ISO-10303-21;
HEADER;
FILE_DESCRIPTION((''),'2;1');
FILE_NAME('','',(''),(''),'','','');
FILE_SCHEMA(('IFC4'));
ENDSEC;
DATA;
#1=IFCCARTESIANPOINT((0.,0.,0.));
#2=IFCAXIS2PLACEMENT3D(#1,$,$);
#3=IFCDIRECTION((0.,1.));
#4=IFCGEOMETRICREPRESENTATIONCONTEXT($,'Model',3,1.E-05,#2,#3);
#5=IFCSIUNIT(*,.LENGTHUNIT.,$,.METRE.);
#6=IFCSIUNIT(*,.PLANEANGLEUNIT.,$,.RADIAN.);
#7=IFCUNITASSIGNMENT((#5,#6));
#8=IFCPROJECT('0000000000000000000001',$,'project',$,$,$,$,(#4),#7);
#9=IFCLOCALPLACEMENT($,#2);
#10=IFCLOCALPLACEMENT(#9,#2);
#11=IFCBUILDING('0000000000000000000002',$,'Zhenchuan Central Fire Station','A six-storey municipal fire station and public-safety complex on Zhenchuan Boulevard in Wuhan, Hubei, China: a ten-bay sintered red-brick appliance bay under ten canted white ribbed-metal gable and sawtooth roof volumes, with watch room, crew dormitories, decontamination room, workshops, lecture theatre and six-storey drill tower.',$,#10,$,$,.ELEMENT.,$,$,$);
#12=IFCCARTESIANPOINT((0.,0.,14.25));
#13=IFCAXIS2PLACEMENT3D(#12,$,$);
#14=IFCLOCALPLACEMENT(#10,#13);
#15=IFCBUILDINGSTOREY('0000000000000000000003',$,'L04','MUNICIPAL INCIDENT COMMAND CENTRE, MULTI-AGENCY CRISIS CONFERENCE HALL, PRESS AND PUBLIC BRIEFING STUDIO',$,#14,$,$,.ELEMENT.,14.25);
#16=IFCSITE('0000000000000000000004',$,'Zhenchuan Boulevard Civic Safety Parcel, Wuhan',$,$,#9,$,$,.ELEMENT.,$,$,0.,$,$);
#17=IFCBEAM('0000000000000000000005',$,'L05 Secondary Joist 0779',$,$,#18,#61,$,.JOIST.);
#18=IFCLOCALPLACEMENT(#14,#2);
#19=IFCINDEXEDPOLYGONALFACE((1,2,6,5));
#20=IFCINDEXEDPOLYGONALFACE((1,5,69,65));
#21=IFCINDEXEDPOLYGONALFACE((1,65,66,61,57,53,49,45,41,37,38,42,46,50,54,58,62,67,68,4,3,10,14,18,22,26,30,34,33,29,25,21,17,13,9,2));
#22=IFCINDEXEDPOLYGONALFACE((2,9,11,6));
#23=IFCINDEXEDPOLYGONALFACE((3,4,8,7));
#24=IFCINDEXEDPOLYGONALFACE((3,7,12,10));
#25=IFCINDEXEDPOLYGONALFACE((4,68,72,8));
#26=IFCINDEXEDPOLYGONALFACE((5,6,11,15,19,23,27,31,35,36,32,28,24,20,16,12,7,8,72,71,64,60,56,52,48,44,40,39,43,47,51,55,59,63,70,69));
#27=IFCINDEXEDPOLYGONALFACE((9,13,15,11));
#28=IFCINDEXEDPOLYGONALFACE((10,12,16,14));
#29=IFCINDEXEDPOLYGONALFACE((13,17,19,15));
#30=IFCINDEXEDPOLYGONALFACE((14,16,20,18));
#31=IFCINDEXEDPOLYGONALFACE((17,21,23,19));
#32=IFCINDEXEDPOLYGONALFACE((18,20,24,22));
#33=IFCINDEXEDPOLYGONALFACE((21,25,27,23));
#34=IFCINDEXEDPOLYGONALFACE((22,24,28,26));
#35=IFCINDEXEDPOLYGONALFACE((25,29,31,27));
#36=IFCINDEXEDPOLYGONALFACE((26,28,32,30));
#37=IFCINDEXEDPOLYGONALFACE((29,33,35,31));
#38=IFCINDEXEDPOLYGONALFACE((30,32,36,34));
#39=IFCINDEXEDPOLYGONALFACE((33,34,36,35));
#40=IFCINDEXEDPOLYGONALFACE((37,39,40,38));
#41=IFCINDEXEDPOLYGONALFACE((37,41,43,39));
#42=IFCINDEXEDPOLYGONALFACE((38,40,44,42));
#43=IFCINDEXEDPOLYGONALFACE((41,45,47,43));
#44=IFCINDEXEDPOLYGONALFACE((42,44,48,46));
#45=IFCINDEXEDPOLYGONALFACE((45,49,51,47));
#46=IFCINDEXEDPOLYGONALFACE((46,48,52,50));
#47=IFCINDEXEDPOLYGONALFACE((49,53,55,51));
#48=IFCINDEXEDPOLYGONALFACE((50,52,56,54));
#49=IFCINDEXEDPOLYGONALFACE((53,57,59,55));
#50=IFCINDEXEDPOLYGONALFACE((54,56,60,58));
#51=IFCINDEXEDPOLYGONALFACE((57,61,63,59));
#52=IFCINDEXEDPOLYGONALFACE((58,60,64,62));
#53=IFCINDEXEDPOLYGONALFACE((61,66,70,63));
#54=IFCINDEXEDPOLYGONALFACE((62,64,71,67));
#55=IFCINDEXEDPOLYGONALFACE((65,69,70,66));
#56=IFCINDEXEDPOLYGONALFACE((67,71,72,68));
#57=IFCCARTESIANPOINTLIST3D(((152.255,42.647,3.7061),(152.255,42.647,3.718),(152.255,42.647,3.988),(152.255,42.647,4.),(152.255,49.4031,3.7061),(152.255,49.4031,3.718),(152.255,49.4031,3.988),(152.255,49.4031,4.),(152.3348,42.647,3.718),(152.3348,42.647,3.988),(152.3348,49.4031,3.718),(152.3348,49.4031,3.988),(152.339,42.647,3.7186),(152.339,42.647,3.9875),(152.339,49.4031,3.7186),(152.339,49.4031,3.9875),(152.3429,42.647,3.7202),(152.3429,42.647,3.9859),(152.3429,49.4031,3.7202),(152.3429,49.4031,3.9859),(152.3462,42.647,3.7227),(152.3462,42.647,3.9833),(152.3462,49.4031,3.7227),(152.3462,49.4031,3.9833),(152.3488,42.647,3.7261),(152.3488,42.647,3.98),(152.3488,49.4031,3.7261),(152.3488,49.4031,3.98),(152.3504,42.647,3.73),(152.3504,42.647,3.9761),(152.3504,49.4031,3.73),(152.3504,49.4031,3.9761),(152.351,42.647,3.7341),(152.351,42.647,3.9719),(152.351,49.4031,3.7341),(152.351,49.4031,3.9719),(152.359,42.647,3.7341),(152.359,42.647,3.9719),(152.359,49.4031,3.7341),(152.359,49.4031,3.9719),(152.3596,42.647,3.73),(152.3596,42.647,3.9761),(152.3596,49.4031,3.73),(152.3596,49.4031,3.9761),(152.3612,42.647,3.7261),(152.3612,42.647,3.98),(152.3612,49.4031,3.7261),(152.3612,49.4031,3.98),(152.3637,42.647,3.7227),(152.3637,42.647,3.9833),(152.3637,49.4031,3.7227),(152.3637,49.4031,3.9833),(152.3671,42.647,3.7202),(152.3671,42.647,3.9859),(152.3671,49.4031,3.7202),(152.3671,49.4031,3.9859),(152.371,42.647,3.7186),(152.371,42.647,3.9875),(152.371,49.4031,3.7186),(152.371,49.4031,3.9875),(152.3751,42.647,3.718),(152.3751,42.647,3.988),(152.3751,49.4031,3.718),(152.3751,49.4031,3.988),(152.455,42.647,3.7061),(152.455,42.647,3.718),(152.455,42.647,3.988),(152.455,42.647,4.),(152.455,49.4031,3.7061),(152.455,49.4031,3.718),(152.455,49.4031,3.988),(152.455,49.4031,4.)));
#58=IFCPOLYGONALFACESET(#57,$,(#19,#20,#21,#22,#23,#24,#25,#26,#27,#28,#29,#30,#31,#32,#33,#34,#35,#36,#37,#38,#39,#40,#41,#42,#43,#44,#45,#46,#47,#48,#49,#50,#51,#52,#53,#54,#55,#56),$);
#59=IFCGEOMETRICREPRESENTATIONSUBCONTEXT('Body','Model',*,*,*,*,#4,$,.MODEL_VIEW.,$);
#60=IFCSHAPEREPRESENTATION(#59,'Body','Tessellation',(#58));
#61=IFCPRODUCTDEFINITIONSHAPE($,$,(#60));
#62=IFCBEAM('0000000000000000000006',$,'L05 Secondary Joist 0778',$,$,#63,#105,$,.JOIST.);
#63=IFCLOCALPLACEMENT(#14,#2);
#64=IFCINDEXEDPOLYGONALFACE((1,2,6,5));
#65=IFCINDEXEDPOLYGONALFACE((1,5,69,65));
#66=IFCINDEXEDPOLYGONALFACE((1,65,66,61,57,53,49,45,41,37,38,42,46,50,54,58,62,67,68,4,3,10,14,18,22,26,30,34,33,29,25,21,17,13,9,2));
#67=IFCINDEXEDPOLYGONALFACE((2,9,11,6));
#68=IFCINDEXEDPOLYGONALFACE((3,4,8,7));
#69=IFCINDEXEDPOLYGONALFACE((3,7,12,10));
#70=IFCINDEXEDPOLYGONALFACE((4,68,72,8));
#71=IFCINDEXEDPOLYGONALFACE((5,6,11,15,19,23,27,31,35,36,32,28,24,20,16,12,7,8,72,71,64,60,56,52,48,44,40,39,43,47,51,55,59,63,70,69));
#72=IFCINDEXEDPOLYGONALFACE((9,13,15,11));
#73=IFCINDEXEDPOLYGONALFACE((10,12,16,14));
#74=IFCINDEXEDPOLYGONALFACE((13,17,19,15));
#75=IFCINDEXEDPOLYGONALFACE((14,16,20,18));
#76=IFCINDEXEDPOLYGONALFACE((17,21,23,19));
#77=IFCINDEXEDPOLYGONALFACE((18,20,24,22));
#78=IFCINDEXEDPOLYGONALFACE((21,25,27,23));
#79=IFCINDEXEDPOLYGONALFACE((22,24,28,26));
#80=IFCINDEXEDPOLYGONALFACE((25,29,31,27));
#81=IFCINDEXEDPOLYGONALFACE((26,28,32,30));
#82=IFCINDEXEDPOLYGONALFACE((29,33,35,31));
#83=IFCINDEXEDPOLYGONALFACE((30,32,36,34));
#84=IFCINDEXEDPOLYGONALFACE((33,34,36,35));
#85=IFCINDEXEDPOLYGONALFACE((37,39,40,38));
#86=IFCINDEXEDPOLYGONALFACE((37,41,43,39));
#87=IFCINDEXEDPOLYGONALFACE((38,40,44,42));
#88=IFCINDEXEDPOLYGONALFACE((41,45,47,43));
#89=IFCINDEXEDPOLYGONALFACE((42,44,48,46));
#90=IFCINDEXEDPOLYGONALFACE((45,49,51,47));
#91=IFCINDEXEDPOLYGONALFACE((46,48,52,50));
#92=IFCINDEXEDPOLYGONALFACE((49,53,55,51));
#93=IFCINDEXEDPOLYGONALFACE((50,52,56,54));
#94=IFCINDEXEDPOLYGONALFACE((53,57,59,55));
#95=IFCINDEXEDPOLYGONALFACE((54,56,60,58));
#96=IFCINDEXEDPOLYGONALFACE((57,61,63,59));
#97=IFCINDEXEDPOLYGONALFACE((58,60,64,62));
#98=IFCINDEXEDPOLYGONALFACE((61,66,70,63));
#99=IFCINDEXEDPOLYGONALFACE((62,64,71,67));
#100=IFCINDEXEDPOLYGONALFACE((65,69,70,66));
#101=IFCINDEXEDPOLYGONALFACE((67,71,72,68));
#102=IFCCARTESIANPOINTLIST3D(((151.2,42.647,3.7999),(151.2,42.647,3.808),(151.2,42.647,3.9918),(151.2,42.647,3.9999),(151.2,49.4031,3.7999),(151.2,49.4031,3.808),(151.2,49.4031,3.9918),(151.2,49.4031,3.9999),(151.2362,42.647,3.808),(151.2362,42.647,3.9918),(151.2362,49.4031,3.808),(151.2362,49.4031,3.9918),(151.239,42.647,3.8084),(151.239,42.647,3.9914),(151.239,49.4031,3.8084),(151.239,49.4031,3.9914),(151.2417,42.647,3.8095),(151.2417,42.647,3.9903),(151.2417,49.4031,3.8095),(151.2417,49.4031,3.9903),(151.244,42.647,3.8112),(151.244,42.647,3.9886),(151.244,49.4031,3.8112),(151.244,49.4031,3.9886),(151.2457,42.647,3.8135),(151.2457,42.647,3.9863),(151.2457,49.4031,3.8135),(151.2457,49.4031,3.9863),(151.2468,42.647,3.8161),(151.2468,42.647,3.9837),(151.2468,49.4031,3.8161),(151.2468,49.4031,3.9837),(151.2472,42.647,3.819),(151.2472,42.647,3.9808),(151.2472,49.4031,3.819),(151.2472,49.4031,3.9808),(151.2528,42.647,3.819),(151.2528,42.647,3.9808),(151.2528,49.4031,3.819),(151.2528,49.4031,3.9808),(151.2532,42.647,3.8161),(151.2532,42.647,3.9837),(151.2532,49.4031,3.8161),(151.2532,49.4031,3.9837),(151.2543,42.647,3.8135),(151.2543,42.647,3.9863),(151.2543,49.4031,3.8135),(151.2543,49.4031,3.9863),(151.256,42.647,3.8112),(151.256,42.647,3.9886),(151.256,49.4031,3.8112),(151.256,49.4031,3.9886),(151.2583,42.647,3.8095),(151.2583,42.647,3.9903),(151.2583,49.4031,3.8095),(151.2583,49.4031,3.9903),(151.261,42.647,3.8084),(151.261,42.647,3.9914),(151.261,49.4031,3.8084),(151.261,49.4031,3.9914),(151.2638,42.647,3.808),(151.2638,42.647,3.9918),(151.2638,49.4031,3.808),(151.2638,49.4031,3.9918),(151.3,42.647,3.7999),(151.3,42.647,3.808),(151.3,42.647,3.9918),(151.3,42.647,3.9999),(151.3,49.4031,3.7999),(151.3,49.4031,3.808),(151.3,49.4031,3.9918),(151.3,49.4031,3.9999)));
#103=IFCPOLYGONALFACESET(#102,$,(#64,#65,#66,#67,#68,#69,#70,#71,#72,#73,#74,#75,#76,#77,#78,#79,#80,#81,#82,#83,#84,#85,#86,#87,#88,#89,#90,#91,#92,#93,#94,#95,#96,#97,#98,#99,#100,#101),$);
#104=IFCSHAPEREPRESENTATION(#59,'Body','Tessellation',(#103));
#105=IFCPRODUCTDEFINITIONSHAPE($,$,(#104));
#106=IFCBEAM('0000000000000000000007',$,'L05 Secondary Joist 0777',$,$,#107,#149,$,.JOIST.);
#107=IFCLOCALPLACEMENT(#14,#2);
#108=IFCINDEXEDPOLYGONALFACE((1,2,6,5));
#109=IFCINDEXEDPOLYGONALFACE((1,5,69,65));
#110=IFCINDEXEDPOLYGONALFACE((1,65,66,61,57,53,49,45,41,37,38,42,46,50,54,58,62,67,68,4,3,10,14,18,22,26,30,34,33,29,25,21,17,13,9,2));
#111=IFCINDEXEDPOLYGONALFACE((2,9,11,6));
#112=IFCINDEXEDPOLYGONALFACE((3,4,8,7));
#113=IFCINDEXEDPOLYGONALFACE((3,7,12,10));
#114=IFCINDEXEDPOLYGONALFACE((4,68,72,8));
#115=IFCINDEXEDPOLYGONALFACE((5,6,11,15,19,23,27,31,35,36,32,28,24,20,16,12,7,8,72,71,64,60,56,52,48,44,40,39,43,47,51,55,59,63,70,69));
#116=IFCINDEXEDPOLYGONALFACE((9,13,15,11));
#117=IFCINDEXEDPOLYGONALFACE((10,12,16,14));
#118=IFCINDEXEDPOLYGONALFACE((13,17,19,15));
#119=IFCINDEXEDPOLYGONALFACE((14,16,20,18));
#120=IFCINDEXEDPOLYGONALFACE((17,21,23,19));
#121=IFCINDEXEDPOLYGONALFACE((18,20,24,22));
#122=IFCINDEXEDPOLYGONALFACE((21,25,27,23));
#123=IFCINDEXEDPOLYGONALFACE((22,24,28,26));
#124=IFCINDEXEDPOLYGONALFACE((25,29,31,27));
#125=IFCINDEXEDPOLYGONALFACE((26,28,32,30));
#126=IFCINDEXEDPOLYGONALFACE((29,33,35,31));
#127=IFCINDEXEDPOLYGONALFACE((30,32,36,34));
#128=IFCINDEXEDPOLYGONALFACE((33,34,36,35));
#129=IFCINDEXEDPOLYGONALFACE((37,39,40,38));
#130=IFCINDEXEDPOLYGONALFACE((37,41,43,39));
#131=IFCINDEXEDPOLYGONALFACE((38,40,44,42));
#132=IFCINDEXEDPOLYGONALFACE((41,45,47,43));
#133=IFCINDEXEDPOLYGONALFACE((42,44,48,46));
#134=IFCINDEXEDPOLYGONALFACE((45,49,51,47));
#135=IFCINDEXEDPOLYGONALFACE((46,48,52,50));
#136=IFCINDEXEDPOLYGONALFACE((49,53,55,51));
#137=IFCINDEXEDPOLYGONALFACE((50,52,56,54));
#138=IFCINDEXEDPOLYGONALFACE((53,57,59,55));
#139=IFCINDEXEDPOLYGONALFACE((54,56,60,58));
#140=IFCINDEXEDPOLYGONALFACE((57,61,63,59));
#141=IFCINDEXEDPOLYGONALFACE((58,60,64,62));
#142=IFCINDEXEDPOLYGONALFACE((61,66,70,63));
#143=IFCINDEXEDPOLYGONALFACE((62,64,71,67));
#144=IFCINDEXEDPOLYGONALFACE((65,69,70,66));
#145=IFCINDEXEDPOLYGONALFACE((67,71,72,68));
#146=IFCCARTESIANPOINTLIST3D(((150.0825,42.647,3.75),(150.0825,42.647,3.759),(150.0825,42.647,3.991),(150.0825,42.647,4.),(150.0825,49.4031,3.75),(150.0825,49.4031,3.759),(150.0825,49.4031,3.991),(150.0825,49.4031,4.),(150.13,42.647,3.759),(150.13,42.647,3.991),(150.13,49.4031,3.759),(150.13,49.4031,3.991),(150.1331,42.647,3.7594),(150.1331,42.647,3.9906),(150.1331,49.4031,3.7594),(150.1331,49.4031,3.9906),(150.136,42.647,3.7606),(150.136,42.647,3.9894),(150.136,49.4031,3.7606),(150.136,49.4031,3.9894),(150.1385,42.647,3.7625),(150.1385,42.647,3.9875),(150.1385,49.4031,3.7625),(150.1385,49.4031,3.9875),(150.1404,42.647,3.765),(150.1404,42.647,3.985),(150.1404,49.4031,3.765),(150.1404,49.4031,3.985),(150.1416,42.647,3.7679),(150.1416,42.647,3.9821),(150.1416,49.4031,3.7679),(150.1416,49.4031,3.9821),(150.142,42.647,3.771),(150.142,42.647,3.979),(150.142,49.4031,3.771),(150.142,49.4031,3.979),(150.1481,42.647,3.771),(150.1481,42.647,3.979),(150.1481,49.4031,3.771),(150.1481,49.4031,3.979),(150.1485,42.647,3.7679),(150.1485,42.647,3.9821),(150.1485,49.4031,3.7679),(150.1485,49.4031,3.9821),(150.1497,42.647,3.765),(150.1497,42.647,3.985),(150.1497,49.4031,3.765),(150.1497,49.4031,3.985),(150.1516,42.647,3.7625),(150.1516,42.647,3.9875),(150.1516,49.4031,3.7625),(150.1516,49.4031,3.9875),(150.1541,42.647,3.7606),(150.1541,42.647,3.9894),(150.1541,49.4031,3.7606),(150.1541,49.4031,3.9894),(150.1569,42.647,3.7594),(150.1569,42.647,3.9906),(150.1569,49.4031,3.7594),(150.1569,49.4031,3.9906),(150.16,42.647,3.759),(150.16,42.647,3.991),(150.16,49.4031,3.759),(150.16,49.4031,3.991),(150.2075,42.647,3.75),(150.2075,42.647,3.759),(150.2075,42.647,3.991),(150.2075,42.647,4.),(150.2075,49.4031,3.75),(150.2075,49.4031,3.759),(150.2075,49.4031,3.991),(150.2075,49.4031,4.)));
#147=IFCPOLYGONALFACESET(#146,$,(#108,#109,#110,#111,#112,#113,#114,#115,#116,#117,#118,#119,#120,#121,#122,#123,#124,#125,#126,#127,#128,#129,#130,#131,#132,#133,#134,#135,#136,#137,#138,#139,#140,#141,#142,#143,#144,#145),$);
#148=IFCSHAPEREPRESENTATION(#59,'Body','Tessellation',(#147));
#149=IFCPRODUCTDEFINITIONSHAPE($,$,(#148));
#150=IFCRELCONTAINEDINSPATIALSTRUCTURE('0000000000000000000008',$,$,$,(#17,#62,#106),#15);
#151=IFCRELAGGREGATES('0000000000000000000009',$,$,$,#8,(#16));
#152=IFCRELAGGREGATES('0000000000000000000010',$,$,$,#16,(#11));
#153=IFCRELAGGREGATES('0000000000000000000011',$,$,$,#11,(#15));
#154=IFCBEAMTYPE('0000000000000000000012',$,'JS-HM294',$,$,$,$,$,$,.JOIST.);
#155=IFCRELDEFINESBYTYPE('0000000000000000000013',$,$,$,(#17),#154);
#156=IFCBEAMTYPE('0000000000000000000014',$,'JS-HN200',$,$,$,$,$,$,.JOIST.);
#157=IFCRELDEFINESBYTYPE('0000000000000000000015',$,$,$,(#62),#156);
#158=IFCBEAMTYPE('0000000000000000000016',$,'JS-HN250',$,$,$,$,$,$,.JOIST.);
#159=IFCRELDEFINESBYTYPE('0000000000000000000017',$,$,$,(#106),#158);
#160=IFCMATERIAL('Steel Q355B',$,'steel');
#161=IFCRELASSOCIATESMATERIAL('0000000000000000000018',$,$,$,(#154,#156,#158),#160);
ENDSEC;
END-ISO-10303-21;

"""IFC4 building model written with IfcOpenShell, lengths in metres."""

from ifc_helpers import new_model, si_unit, direction, frame, origin, origin_2d, place, context, subcontext, project, spatial, i_section, extrude, material, material_profile, profile_set, type_object, element, save


model = new_model("IFC4")

# Units and contexts
model_context = context("Model", 3, precision=1e-05, world=origin(), true_north=direction((0.0, 1.0)))
body_context = subcontext(model_context, "Body", "Model", "MODEL_VIEW")
ifc_project = project(units=[si_unit("LENGTHUNIT", "METRE"), si_unit("PLANEANGLEUNIT", "RADIAN")], contexts=[model_context])

# Site, building, storey
site_placement = place(None, origin())
site = spatial("IfcSite", under=ifc_project, at=site_placement, Name="Zhenchuan Boulevard Civic Safety Parcel, Wuhan", CompositionType="ELEMENT", RefElevation=0.0)
building_placement = place(site_placement, origin())
building = spatial("IfcBuilding", under=site, at=building_placement, Name="Zhenchuan Central Fire Station", Description="A six-storey municipal fire station and public-safety complex on Zhenchuan Boulevard in Wuhan, Hubei, China: a ten-bay sintered red-brick appliance bay under ten canted white ribbed-metal gable and sawtooth roof volumes, with watch room, crew dormitories, decontamination room, workshops, lecture theatre and six-storey drill tower.", CompositionType="ELEMENT")
storey_placement = place(building_placement, frame((0.0, 0.0, 14.25)))
storey = spatial("IfcBuildingStorey", under=building, at=storey_placement, Name="L04", Description="MUNICIPAL INCIDENT COMMAND CENTRE, MULTI-AGENCY CRISIS CONFERENCE HALL, PRESS AND PUBLIC BRIEFING STUDIO", CompositionType="ELEMENT", Elevation=14.25)

# Shared definitions
ifc_material_1 = material(Name="Steel Q355B", Category="steel")

# Beams
ifc_material_profile_1 = material_profile(ifc_material_1, i_section(OverallWidth=0.2, OverallDepth=0.2939, WebThickness=0.0081, FlangeThickness=0.012, FilletRadius=0.0161, at=origin_2d()), Name="HM 294x200")
ifc_profile_set_1 = profile_set([ifc_material_profile_1], Name="Steel Q355B")
beam_type_1 = type_object("IfcBeamType", Name="JS-HM294", PredefinedType="JOIST", material=ifc_profile_set_1)
beam_1_placement = place(storey_placement, frame((152.355, 42.647, 3.853), z_axis=(0.0, 1.0, 0.0), x_axis=(-1.0, 0.0, 0.0)))
element("IfcBeam", 1, at=beam_1_placement, inside=storey, type_object=beam_type_1, Name="L05 Secondary Joist 0779", PredefinedType="JOIST", context=body_context, shape_type="SweptSolid", body=[
    extrude(i_section(OverallWidth=0.2, OverallDepth=0.2939, WebThickness=0.0081, FlangeThickness=0.012, FilletRadius=0.0161, at=origin_2d()), origin(), (0.0, 0.0, 1.0), 6.7561),
])
ifc_material_profile_2 = material_profile(ifc_material_1, i_section(OverallWidth=0.1001, OverallDepth=0.2, WebThickness=0.0056, FlangeThickness=0.0081, FilletRadius=0.011, at=origin_2d()), Name="HN 200x100")
ifc_profile_set_2 = profile_set([ifc_material_profile_2], Name="Steel Q355B")
beam_type_2 = type_object("IfcBeamType", Name="JS-HN200", PredefinedType="JOIST", material=ifc_profile_set_2)
beam_2_placement = place(storey_placement, frame((151.25, 42.647, 3.8999), z_axis=(0.0, 1.0, 0.0), x_axis=(-1.0, 0.0, 0.0)))
element("IfcBeam", 2, at=beam_2_placement, inside=storey, type_object=beam_type_2, Name="L05 Secondary Joist 0778", PredefinedType="JOIST", context=body_context, shape_type="SweptSolid", body=[
    extrude(i_section(OverallWidth=0.1001, OverallDepth=0.2, WebThickness=0.0056, FlangeThickness=0.0081, FilletRadius=0.011, at=origin_2d()), origin(), (0.0, 0.0, 1.0), 6.7561),
])
ifc_material_profile_3 = material_profile(ifc_material_1, i_section(OverallWidth=0.125, OverallDepth=0.25, WebThickness=0.0061, FlangeThickness=0.009, FilletRadius=0.012, at=origin_2d()), Name="HN 250x125")
ifc_profile_set_3 = profile_set([ifc_material_profile_3], Name="Steel Q355B")
beam_type_3 = type_object("IfcBeamType", Name="JS-HN250", PredefinedType="JOIST", material=ifc_profile_set_3)
beam_3_placement = place(storey_placement, frame((150.145, 42.647, 3.875), z_axis=(0.0, 1.0, 0.0), x_axis=(-1.0, 0.0, 0.0)))
element("IfcBeam", 3, at=beam_3_placement, inside=storey, type_object=beam_type_3, Name="L05 Secondary Joist 0777", PredefinedType="JOIST", context=body_context, shape_type="SweptSolid", body=[
    extrude(i_section(OverallWidth=0.125, OverallDepth=0.25, WebThickness=0.0061, FlangeThickness=0.009, FilletRadius=0.012, at=origin_2d()), origin(), (0.0, 0.0, 1.0), 6.7561),
])

save(model, "model.ifc")
